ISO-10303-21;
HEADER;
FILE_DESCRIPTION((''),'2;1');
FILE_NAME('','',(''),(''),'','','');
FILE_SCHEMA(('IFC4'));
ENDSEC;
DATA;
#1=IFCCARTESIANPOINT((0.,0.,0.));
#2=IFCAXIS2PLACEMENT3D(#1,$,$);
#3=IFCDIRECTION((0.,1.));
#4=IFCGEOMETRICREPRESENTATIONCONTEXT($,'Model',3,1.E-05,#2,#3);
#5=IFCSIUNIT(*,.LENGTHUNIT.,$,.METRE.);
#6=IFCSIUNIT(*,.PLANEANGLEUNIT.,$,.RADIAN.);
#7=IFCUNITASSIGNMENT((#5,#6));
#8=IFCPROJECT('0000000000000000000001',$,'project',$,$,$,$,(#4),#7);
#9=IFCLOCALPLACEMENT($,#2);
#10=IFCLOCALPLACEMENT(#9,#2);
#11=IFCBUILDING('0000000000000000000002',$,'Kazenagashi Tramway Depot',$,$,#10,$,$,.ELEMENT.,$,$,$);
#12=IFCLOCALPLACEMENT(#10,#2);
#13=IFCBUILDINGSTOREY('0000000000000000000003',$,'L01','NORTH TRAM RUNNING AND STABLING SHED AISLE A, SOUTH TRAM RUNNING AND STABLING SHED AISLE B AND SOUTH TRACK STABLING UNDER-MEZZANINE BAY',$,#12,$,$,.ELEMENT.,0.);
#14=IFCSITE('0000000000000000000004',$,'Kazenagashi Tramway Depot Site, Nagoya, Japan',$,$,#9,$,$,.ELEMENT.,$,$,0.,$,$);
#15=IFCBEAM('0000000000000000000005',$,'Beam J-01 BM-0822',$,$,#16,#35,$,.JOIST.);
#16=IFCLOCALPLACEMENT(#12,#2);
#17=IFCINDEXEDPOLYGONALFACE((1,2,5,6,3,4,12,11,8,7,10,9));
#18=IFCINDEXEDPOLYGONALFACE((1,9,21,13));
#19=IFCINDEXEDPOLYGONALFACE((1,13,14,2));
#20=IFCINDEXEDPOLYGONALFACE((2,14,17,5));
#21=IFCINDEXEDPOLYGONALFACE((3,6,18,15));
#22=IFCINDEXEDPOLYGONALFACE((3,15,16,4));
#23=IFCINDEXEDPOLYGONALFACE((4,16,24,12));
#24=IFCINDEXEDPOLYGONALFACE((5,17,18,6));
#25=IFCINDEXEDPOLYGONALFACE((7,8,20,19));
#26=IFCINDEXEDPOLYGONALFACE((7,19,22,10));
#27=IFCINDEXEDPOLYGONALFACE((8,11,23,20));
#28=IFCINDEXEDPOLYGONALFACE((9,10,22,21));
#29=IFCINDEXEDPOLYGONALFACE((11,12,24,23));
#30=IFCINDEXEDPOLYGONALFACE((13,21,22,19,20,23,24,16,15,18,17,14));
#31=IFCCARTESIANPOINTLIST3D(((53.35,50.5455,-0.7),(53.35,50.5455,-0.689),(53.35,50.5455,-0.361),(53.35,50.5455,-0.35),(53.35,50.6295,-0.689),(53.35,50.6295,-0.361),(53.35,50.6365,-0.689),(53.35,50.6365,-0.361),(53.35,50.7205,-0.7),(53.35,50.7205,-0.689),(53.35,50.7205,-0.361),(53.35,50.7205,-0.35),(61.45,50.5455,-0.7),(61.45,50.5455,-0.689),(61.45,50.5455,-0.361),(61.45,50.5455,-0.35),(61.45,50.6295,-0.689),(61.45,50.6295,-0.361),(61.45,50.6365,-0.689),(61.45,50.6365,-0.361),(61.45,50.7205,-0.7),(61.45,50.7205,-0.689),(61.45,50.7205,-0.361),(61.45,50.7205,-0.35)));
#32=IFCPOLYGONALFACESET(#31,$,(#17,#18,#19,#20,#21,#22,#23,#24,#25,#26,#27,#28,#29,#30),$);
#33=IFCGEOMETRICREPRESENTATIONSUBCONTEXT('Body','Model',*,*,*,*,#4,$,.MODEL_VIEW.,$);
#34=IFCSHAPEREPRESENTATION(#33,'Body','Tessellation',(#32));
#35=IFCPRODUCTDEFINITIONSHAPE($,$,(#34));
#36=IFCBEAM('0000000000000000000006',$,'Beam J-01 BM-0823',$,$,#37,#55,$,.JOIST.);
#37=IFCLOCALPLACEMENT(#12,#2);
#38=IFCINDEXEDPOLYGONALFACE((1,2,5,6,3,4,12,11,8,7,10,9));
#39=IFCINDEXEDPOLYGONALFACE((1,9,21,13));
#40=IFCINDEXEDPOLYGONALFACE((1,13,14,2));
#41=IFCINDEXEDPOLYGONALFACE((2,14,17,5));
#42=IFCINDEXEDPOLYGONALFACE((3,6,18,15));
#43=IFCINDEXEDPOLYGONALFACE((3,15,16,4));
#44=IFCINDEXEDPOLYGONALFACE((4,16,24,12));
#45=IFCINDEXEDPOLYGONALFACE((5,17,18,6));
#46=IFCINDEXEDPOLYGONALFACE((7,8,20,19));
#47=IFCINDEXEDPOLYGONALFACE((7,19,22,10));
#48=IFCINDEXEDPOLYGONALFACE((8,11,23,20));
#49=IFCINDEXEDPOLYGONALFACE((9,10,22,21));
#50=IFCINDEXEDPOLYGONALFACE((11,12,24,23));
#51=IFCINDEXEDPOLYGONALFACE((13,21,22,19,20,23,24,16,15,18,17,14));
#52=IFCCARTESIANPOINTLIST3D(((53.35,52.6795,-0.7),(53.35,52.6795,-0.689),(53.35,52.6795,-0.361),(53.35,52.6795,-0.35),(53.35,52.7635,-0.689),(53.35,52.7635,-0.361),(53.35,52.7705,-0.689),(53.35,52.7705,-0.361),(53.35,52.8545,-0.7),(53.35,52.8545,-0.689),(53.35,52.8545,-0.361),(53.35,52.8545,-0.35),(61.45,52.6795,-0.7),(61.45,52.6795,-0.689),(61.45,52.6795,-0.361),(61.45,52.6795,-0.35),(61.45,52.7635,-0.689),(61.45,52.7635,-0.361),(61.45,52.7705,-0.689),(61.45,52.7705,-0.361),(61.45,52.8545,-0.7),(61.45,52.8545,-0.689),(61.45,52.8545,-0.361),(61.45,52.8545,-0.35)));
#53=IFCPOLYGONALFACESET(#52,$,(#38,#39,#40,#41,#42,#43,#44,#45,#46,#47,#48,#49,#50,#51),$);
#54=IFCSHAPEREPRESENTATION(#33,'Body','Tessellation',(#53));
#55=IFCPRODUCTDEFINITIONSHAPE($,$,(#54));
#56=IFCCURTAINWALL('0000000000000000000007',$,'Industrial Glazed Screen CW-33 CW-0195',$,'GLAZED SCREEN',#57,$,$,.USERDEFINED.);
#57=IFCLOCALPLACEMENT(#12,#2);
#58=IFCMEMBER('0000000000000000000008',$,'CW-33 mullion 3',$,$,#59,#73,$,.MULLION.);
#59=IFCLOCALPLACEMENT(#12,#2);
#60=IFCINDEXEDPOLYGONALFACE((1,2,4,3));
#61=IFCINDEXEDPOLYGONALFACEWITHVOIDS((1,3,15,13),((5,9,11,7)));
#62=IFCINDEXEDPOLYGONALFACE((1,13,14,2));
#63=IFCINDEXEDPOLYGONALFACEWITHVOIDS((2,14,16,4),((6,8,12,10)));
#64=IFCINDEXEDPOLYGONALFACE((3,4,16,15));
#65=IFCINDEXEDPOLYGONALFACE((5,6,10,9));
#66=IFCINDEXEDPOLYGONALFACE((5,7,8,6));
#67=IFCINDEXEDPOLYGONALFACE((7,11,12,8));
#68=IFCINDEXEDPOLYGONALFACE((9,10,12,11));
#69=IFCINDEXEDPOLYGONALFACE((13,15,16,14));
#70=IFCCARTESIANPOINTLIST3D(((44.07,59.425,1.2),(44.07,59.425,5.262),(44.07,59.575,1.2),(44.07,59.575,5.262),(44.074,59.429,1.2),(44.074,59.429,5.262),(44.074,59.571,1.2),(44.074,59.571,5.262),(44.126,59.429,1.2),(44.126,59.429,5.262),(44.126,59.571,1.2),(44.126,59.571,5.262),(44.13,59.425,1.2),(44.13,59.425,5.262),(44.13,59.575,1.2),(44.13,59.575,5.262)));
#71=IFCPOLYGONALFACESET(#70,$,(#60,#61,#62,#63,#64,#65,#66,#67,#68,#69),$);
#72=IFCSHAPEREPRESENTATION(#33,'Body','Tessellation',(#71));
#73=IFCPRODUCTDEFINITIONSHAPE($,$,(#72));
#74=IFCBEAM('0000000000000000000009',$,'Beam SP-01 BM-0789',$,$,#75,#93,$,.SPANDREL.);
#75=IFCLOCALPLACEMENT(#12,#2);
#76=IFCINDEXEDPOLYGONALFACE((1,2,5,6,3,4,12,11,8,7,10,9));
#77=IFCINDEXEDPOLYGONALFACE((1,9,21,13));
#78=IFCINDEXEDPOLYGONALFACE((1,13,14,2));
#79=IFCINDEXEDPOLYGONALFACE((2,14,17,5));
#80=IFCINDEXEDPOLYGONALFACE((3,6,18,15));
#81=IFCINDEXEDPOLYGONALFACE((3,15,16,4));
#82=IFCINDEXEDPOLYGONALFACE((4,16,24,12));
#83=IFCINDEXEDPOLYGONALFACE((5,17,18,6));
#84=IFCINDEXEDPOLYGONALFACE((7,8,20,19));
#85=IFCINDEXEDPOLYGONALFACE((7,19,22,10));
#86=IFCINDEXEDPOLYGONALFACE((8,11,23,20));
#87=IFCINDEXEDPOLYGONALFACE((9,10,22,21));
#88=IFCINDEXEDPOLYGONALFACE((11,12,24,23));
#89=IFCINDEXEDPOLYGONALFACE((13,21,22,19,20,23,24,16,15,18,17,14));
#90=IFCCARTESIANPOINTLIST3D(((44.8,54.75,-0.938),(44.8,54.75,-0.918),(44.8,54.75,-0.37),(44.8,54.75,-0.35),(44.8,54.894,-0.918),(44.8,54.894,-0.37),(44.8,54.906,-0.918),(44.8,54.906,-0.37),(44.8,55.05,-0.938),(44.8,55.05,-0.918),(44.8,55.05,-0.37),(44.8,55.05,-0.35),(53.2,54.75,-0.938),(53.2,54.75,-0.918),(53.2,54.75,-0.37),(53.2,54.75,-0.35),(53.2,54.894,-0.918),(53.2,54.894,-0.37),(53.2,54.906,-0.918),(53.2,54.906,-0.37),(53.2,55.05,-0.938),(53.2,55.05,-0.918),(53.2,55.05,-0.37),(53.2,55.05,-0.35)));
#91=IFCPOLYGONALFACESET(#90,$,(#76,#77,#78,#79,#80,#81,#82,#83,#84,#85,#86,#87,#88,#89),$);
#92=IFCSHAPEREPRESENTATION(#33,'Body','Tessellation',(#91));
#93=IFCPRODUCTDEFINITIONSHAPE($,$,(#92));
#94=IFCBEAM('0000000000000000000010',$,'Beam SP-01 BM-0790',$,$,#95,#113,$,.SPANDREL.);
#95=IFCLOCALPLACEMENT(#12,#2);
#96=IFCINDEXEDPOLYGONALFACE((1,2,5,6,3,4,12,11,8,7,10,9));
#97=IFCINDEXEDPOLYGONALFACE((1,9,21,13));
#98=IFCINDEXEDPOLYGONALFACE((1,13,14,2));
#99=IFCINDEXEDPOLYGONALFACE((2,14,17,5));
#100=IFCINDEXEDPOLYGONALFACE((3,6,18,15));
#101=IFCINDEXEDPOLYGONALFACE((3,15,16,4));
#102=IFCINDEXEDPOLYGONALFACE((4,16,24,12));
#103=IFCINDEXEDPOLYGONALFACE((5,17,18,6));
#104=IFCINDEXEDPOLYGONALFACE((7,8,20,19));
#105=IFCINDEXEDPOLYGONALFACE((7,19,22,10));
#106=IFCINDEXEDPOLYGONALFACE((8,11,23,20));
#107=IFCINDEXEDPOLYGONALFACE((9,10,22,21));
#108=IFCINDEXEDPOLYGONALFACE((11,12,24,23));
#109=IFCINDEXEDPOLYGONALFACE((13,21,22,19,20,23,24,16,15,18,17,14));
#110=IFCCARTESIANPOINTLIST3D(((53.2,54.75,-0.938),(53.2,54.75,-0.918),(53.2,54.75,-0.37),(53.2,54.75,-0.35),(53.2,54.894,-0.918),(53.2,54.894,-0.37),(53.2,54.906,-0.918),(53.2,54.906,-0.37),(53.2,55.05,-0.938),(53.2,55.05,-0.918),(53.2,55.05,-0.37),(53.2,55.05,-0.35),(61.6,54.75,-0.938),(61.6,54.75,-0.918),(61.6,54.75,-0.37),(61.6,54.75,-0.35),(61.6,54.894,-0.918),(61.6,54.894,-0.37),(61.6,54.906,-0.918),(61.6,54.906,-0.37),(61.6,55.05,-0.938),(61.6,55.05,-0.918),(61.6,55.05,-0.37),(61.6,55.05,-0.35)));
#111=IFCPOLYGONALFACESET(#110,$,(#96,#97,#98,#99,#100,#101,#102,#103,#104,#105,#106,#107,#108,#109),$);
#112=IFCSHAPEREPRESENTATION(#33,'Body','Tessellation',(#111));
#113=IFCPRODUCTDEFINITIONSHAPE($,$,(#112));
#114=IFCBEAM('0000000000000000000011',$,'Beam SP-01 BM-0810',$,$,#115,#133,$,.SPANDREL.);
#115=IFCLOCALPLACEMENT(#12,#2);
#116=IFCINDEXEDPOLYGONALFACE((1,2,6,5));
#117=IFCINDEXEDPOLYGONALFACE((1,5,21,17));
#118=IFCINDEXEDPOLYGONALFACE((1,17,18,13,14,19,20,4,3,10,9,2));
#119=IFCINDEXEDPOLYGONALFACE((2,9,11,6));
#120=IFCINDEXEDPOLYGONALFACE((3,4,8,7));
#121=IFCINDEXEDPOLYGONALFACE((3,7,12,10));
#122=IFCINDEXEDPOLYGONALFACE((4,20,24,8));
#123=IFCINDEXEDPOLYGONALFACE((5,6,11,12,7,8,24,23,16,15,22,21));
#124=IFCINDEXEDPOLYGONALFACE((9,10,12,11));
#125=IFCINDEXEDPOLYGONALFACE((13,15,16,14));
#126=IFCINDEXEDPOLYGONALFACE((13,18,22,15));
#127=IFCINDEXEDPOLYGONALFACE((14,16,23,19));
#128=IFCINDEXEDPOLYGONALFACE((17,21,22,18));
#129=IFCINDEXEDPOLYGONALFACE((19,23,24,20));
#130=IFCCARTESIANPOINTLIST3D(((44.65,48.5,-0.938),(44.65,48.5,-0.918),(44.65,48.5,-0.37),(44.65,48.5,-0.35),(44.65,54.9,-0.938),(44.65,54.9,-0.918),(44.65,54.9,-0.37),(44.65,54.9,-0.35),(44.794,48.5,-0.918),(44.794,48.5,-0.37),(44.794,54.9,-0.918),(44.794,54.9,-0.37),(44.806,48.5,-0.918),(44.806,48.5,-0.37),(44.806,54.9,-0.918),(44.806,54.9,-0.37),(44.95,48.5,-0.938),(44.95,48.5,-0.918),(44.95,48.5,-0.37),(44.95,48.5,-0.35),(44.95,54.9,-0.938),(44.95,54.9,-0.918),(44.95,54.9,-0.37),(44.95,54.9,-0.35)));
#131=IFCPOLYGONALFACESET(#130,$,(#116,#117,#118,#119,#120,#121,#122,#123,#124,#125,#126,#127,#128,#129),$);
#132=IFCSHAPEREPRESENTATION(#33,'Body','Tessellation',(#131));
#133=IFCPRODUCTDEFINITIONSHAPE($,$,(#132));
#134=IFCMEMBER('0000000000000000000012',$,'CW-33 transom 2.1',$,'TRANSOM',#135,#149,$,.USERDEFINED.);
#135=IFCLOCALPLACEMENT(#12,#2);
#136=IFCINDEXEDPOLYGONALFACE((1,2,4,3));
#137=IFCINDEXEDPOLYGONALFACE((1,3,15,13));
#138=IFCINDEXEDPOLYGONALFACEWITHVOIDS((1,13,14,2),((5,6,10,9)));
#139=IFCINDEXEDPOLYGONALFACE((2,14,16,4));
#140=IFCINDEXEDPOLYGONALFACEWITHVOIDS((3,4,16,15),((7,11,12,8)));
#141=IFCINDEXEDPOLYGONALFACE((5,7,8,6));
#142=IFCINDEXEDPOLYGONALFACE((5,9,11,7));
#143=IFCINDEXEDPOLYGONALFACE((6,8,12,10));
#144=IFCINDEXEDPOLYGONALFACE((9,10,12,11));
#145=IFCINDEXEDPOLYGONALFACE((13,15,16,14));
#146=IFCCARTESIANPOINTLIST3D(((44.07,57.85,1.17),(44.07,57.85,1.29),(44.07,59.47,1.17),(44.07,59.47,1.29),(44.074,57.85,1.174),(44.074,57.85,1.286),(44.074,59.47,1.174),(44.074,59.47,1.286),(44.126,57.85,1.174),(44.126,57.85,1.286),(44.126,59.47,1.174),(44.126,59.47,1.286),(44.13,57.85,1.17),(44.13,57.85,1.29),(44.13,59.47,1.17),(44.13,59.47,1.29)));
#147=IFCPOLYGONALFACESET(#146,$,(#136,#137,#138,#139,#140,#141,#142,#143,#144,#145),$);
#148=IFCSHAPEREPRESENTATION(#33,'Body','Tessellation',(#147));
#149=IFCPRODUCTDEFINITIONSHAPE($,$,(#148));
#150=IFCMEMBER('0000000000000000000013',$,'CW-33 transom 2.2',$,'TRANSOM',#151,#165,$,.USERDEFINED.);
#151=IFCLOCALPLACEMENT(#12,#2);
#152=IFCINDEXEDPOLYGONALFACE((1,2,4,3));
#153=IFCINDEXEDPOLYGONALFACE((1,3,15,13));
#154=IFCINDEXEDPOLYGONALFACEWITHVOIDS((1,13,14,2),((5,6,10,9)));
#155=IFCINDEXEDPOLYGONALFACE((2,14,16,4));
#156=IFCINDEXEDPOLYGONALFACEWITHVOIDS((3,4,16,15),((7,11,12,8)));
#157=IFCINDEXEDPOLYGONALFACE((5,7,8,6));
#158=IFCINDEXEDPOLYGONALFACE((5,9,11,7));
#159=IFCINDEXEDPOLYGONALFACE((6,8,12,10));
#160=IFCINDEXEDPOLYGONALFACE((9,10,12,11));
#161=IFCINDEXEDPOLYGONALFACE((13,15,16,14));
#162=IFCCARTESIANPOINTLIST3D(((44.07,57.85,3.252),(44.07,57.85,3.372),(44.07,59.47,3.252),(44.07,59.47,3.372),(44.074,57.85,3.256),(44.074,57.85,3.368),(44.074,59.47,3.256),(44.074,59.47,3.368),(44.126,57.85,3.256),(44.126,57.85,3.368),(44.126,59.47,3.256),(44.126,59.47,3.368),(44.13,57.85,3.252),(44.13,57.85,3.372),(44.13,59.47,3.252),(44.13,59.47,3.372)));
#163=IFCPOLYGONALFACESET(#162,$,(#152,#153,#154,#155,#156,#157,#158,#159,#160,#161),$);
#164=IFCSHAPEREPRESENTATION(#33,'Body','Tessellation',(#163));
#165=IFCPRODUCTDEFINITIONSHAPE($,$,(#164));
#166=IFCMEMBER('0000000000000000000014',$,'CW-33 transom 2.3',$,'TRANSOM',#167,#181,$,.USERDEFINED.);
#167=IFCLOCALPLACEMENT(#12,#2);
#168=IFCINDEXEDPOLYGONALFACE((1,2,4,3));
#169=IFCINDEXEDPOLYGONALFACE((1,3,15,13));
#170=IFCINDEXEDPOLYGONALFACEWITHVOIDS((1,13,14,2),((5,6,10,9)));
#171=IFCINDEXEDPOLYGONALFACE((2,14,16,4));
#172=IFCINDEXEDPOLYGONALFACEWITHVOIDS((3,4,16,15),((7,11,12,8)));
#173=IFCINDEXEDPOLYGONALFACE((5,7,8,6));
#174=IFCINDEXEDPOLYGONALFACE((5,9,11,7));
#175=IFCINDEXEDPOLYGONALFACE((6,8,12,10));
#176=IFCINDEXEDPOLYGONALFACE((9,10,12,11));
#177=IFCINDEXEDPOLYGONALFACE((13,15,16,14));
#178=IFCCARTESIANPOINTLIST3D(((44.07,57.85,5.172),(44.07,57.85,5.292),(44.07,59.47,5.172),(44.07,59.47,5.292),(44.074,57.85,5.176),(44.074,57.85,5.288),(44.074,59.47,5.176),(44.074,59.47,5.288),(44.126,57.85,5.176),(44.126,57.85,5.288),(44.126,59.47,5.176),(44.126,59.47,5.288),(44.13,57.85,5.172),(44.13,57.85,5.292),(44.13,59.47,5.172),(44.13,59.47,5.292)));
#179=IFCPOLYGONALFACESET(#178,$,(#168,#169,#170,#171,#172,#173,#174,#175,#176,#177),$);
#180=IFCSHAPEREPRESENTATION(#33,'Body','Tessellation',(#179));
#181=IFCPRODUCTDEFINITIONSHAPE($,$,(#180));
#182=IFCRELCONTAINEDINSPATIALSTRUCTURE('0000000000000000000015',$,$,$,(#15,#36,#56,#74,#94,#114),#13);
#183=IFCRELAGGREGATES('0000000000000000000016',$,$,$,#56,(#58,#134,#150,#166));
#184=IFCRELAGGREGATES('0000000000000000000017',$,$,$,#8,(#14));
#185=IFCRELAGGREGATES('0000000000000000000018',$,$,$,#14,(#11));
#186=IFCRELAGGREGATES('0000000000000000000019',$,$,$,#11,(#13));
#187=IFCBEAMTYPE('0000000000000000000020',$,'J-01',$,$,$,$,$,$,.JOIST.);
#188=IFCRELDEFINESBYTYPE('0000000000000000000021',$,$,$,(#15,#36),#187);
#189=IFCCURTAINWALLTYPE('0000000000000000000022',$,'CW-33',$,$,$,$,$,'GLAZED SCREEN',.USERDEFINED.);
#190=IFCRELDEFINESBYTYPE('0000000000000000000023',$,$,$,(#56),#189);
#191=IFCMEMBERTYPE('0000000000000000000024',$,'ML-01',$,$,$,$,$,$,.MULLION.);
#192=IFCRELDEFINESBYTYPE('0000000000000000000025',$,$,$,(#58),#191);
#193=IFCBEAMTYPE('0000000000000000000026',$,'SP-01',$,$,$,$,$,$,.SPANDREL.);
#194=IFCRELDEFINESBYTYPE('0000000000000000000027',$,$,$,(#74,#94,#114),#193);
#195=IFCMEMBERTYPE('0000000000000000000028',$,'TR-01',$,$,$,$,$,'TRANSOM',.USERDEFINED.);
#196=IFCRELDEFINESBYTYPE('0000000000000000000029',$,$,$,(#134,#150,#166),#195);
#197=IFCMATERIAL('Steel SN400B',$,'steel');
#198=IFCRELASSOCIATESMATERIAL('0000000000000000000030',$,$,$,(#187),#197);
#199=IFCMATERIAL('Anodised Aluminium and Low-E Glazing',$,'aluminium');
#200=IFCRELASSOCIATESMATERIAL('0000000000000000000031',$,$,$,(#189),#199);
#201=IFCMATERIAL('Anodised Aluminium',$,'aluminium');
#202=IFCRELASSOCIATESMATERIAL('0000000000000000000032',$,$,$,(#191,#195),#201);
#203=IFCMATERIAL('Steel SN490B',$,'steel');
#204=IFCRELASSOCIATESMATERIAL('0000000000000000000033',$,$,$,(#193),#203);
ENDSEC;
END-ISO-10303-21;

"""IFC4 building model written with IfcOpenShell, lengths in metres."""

from ifc_helpers import new_model, si_unit, direction, frame, origin, origin_2d, place, context, subcontext, project, spatial, hollow_rectangle, i_section, extrude, material, material_profile, profile_set, type_object, element, aggregate, save


model = new_model("IFC4")

# Units and contexts
model_context = context("Model", 3, precision=1e-05, world=origin(), true_north=direction((0.0, 1.0)))
body_context = subcontext(model_context, "Body", "Model", "MODEL_VIEW")
ifc_project = project(units=[si_unit("LENGTHUNIT", "METRE"), si_unit("PLANEANGLEUNIT", "RADIAN")], contexts=[model_context])

# Site, building, storey
site_placement = place(None, origin())
site = spatial("IfcSite", under=ifc_project, at=site_placement, Name="Kazenagashi Tramway Depot Site, Nagoya, Japan", CompositionType="ELEMENT", RefElevation=0.0)
building_placement = place(site_placement, origin())
building = spatial("IfcBuilding", under=site, at=building_placement, Name="Kazenagashi Tramway Depot", CompositionType="ELEMENT")
storey_placement = place(building_placement, origin())
storey = spatial("IfcBuildingStorey", under=building, at=storey_placement, Name="L01", Description="NORTH TRAM RUNNING AND STABLING SHED AISLE A, SOUTH TRAM RUNNING AND STABLING SHED AISLE B AND SOUTH TRACK STABLING UNDER-MEZZANINE BAY", CompositionType="ELEMENT", Elevation=0.0)

# Shared definitions
ifc_material_1 = material(Name="Steel SN490B", Category="steel")

# Beams
ifc_material_2 = material(Name="Steel SN400B", Category="steel")
ifc_material_profile_1 = material_profile(ifc_material_2, i_section(OverallWidth=0.175, OverallDepth=0.35, WebThickness=0.007, FlangeThickness=0.011, at=origin_2d()), Name="H-350x175x7x11")
ifc_profile_set_1 = profile_set([ifc_material_profile_1], Name="Steel SN400B")
beam_type_1 = type_object("IfcBeamType", Name="J-01", PredefinedType="JOIST", material=ifc_profile_set_1)
for number, where, z_axis, x_axis, name in (
    (1, (53.35, 50.633, -0.525), (1.0, 0.0, 0.0), (0.0, 1.0, 0.0), "Beam J-01 BM-0822"),
    (2, (53.35, 52.767, -0.525), (1.0, 0.0, 0.0), (0.0, 1.0, 0.0), "Beam J-01 BM-0823"),
):
    element("IfcBeam", number, at=place(storey_placement, frame(where, z_axis=z_axis, x_axis=x_axis)), inside=storey, type_object=beam_type_1, Name=name, PredefinedType="JOIST", context=body_context, shape_type="SweptSolid", body=[
        extrude(i_section(OverallWidth=0.175, OverallDepth=0.35, WebThickness=0.007, FlangeThickness=0.011, at=origin_2d()), origin(), (0.0, 0.0, 1.0), 8.1),
    ])

# Curtain wall, member
ifc_material_3 = material(Name="Anodised Aluminium and Low-E Glazing", Category="aluminium")
curtain_wall_type = type_object("IfcCurtainWallType", Name="CW-33", ElementType="GLAZED SCREEN", PredefinedType="USERDEFINED", material=ifc_material_3)
curtain_wall_placement = place(storey_placement, origin())
curtain_wall = element("IfcCurtainWall", 3, at=curtain_wall_placement, inside=storey, type_object=curtain_wall_type, Name="Industrial Glazed Screen CW-33 CW-0195", ObjectType="GLAZED SCREEN", PredefinedType="USERDEFINED")
ifc_material_4 = material(Name="Anodised Aluminium", Category="aluminium")
ifc_material_profile_2 = material_profile(ifc_material_4, hollow_rectangle(XDim=0.06, YDim=0.15, WallThickness=0.004, at=origin_2d()), Name="RHS-150x60x4")
ifc_profile_set_2 = profile_set([ifc_material_profile_2], Name="Anodised Aluminium")
member_type_1 = type_object("IfcMemberType", Name="ML-01", PredefinedType="MULLION", material=ifc_profile_set_2)
member_1_placement = place(storey_placement, frame((44.1, 59.5, 1.2), z_axis=(0.0, 0.0, 1.0), x_axis=(-1.0, 0.0, 0.0)))
member_1 = element("IfcMember", 4, at=member_1_placement, type_object=member_type_1, Name="CW-33 mullion 3", PredefinedType="MULLION", context=body_context, shape_type="SweptSolid", body=[
    extrude(hollow_rectangle(XDim=0.06, YDim=0.15, WallThickness=0.004, at=origin_2d()), origin(), (0.0, 0.0, 1.0), 4.062),
])

# Beams
ifc_material_profile_3 = material_profile(ifc_material_1, i_section(OverallWidth=0.3, OverallDepth=0.588, WebThickness=0.012, FlangeThickness=0.02, at=origin_2d()), Name="H-588x300x12x20")
ifc_profile_set_3 = profile_set([ifc_material_profile_3], Name="Steel SN490B")
beam_type_2 = type_object("IfcBeamType", Name="SP-01", PredefinedType="SPANDREL", material=ifc_profile_set_3)
for number, where, z_axis, x_axis, name in (
    (5, (44.8, 54.9, -0.644), (1.0, 0.0, 0.0), (0.0, 1.0, 0.0), "Beam SP-01 BM-0789"),
    (6, (53.2, 54.9, -0.644), (1.0, 0.0, 0.0), (0.0, 1.0, 0.0), "Beam SP-01 BM-0790"),
):
    element("IfcBeam", number, at=place(storey_placement, frame(where, z_axis=z_axis, x_axis=x_axis)), inside=storey, type_object=beam_type_2, Name=name, PredefinedType="SPANDREL", context=body_context, shape_type="SweptSolid", body=[
        extrude(i_section(OverallWidth=0.3, OverallDepth=0.588, WebThickness=0.012, FlangeThickness=0.02, at=origin_2d()), origin(), (0.0, 0.0, 1.0), 8.4),
    ])
beam_placement = place(storey_placement, frame((44.8, 48.5, -0.644), z_axis=(0.0, 1.0, 0.0), x_axis=(-1.0, 0.0, 0.0)))
element("IfcBeam", 7, at=beam_placement, inside=storey, type_object=beam_type_2, Name="Beam SP-01 BM-0810", PredefinedType="SPANDREL", context=body_context, shape_type="SweptSolid", body=[
    extrude(i_section(OverallWidth=0.3, OverallDepth=0.588, WebThickness=0.012, FlangeThickness=0.02, at=origin_2d()), origin(), (0.0, 0.0, 1.0), 6.4),
])

# Members
ifc_material_profile_4 = material_profile(ifc_material_4, hollow_rectangle(XDim=0.06, YDim=0.12, WallThickness=0.004, at=origin_2d()), Name="RHS-120x60x4")
ifc_profile_set_4 = profile_set([ifc_material_profile_4], Name="Anodised Aluminium")
member_type_2 = type_object("IfcMemberType", Name="TR-01", ElementType="TRANSOM", PredefinedType="USERDEFINED", material=ifc_profile_set_4)
member_2_placement = place(storey_placement, frame((44.1, 57.85, 1.23), z_axis=(0.0, 1.0, 0.0), x_axis=(-1.0, 0.0, 0.0)))
member_2 = element("IfcMember", 8, at=member_2_placement, type_object=member_type_2, Name="CW-33 transom 2.1", ObjectType="TRANSOM", PredefinedType="USERDEFINED", context=body_context, shape_type="SweptSolid", body=[
    extrude(hollow_rectangle(XDim=0.06, YDim=0.12, WallThickness=0.004, at=origin_2d()), origin(), (0.0, 0.0, 1.0), 1.62),
])
member_3_placement = place(storey_placement, frame((44.1, 57.85, 3.312), z_axis=(0.0, 1.0, 0.0), x_axis=(-1.0, 0.0, 0.0)))
member_3 = element("IfcMember", 9, at=member_3_placement, type_object=member_type_2, Name="CW-33 transom 2.2", ObjectType="TRANSOM", PredefinedType="USERDEFINED", context=body_context, shape_type="SweptSolid", body=[
    extrude(hollow_rectangle(XDim=0.06, YDim=0.12, WallThickness=0.004, at=origin_2d()), origin(), (0.0, 0.0, 1.0), 1.62),
])
member_4_placement = place(storey_placement, frame((44.1, 57.85, 5.232), z_axis=(0.0, 1.0, 0.0), x_axis=(-1.0, 0.0, 0.0)))
member_4 = element("IfcMember", 10, at=member_4_placement, type_object=member_type_2, Name="CW-33 transom 2.3", ObjectType="TRANSOM", PredefinedType="USERDEFINED", context=body_context, shape_type="SweptSolid", body=[
    extrude(hollow_rectangle(XDim=0.06, YDim=0.12, WallThickness=0.004, at=origin_2d()), origin(), (0.0, 0.0, 1.0), 1.62),
])

aggregate(curtain_wall, [member_1, member_2, member_3, member_4])

save(model, "model.ifc")
